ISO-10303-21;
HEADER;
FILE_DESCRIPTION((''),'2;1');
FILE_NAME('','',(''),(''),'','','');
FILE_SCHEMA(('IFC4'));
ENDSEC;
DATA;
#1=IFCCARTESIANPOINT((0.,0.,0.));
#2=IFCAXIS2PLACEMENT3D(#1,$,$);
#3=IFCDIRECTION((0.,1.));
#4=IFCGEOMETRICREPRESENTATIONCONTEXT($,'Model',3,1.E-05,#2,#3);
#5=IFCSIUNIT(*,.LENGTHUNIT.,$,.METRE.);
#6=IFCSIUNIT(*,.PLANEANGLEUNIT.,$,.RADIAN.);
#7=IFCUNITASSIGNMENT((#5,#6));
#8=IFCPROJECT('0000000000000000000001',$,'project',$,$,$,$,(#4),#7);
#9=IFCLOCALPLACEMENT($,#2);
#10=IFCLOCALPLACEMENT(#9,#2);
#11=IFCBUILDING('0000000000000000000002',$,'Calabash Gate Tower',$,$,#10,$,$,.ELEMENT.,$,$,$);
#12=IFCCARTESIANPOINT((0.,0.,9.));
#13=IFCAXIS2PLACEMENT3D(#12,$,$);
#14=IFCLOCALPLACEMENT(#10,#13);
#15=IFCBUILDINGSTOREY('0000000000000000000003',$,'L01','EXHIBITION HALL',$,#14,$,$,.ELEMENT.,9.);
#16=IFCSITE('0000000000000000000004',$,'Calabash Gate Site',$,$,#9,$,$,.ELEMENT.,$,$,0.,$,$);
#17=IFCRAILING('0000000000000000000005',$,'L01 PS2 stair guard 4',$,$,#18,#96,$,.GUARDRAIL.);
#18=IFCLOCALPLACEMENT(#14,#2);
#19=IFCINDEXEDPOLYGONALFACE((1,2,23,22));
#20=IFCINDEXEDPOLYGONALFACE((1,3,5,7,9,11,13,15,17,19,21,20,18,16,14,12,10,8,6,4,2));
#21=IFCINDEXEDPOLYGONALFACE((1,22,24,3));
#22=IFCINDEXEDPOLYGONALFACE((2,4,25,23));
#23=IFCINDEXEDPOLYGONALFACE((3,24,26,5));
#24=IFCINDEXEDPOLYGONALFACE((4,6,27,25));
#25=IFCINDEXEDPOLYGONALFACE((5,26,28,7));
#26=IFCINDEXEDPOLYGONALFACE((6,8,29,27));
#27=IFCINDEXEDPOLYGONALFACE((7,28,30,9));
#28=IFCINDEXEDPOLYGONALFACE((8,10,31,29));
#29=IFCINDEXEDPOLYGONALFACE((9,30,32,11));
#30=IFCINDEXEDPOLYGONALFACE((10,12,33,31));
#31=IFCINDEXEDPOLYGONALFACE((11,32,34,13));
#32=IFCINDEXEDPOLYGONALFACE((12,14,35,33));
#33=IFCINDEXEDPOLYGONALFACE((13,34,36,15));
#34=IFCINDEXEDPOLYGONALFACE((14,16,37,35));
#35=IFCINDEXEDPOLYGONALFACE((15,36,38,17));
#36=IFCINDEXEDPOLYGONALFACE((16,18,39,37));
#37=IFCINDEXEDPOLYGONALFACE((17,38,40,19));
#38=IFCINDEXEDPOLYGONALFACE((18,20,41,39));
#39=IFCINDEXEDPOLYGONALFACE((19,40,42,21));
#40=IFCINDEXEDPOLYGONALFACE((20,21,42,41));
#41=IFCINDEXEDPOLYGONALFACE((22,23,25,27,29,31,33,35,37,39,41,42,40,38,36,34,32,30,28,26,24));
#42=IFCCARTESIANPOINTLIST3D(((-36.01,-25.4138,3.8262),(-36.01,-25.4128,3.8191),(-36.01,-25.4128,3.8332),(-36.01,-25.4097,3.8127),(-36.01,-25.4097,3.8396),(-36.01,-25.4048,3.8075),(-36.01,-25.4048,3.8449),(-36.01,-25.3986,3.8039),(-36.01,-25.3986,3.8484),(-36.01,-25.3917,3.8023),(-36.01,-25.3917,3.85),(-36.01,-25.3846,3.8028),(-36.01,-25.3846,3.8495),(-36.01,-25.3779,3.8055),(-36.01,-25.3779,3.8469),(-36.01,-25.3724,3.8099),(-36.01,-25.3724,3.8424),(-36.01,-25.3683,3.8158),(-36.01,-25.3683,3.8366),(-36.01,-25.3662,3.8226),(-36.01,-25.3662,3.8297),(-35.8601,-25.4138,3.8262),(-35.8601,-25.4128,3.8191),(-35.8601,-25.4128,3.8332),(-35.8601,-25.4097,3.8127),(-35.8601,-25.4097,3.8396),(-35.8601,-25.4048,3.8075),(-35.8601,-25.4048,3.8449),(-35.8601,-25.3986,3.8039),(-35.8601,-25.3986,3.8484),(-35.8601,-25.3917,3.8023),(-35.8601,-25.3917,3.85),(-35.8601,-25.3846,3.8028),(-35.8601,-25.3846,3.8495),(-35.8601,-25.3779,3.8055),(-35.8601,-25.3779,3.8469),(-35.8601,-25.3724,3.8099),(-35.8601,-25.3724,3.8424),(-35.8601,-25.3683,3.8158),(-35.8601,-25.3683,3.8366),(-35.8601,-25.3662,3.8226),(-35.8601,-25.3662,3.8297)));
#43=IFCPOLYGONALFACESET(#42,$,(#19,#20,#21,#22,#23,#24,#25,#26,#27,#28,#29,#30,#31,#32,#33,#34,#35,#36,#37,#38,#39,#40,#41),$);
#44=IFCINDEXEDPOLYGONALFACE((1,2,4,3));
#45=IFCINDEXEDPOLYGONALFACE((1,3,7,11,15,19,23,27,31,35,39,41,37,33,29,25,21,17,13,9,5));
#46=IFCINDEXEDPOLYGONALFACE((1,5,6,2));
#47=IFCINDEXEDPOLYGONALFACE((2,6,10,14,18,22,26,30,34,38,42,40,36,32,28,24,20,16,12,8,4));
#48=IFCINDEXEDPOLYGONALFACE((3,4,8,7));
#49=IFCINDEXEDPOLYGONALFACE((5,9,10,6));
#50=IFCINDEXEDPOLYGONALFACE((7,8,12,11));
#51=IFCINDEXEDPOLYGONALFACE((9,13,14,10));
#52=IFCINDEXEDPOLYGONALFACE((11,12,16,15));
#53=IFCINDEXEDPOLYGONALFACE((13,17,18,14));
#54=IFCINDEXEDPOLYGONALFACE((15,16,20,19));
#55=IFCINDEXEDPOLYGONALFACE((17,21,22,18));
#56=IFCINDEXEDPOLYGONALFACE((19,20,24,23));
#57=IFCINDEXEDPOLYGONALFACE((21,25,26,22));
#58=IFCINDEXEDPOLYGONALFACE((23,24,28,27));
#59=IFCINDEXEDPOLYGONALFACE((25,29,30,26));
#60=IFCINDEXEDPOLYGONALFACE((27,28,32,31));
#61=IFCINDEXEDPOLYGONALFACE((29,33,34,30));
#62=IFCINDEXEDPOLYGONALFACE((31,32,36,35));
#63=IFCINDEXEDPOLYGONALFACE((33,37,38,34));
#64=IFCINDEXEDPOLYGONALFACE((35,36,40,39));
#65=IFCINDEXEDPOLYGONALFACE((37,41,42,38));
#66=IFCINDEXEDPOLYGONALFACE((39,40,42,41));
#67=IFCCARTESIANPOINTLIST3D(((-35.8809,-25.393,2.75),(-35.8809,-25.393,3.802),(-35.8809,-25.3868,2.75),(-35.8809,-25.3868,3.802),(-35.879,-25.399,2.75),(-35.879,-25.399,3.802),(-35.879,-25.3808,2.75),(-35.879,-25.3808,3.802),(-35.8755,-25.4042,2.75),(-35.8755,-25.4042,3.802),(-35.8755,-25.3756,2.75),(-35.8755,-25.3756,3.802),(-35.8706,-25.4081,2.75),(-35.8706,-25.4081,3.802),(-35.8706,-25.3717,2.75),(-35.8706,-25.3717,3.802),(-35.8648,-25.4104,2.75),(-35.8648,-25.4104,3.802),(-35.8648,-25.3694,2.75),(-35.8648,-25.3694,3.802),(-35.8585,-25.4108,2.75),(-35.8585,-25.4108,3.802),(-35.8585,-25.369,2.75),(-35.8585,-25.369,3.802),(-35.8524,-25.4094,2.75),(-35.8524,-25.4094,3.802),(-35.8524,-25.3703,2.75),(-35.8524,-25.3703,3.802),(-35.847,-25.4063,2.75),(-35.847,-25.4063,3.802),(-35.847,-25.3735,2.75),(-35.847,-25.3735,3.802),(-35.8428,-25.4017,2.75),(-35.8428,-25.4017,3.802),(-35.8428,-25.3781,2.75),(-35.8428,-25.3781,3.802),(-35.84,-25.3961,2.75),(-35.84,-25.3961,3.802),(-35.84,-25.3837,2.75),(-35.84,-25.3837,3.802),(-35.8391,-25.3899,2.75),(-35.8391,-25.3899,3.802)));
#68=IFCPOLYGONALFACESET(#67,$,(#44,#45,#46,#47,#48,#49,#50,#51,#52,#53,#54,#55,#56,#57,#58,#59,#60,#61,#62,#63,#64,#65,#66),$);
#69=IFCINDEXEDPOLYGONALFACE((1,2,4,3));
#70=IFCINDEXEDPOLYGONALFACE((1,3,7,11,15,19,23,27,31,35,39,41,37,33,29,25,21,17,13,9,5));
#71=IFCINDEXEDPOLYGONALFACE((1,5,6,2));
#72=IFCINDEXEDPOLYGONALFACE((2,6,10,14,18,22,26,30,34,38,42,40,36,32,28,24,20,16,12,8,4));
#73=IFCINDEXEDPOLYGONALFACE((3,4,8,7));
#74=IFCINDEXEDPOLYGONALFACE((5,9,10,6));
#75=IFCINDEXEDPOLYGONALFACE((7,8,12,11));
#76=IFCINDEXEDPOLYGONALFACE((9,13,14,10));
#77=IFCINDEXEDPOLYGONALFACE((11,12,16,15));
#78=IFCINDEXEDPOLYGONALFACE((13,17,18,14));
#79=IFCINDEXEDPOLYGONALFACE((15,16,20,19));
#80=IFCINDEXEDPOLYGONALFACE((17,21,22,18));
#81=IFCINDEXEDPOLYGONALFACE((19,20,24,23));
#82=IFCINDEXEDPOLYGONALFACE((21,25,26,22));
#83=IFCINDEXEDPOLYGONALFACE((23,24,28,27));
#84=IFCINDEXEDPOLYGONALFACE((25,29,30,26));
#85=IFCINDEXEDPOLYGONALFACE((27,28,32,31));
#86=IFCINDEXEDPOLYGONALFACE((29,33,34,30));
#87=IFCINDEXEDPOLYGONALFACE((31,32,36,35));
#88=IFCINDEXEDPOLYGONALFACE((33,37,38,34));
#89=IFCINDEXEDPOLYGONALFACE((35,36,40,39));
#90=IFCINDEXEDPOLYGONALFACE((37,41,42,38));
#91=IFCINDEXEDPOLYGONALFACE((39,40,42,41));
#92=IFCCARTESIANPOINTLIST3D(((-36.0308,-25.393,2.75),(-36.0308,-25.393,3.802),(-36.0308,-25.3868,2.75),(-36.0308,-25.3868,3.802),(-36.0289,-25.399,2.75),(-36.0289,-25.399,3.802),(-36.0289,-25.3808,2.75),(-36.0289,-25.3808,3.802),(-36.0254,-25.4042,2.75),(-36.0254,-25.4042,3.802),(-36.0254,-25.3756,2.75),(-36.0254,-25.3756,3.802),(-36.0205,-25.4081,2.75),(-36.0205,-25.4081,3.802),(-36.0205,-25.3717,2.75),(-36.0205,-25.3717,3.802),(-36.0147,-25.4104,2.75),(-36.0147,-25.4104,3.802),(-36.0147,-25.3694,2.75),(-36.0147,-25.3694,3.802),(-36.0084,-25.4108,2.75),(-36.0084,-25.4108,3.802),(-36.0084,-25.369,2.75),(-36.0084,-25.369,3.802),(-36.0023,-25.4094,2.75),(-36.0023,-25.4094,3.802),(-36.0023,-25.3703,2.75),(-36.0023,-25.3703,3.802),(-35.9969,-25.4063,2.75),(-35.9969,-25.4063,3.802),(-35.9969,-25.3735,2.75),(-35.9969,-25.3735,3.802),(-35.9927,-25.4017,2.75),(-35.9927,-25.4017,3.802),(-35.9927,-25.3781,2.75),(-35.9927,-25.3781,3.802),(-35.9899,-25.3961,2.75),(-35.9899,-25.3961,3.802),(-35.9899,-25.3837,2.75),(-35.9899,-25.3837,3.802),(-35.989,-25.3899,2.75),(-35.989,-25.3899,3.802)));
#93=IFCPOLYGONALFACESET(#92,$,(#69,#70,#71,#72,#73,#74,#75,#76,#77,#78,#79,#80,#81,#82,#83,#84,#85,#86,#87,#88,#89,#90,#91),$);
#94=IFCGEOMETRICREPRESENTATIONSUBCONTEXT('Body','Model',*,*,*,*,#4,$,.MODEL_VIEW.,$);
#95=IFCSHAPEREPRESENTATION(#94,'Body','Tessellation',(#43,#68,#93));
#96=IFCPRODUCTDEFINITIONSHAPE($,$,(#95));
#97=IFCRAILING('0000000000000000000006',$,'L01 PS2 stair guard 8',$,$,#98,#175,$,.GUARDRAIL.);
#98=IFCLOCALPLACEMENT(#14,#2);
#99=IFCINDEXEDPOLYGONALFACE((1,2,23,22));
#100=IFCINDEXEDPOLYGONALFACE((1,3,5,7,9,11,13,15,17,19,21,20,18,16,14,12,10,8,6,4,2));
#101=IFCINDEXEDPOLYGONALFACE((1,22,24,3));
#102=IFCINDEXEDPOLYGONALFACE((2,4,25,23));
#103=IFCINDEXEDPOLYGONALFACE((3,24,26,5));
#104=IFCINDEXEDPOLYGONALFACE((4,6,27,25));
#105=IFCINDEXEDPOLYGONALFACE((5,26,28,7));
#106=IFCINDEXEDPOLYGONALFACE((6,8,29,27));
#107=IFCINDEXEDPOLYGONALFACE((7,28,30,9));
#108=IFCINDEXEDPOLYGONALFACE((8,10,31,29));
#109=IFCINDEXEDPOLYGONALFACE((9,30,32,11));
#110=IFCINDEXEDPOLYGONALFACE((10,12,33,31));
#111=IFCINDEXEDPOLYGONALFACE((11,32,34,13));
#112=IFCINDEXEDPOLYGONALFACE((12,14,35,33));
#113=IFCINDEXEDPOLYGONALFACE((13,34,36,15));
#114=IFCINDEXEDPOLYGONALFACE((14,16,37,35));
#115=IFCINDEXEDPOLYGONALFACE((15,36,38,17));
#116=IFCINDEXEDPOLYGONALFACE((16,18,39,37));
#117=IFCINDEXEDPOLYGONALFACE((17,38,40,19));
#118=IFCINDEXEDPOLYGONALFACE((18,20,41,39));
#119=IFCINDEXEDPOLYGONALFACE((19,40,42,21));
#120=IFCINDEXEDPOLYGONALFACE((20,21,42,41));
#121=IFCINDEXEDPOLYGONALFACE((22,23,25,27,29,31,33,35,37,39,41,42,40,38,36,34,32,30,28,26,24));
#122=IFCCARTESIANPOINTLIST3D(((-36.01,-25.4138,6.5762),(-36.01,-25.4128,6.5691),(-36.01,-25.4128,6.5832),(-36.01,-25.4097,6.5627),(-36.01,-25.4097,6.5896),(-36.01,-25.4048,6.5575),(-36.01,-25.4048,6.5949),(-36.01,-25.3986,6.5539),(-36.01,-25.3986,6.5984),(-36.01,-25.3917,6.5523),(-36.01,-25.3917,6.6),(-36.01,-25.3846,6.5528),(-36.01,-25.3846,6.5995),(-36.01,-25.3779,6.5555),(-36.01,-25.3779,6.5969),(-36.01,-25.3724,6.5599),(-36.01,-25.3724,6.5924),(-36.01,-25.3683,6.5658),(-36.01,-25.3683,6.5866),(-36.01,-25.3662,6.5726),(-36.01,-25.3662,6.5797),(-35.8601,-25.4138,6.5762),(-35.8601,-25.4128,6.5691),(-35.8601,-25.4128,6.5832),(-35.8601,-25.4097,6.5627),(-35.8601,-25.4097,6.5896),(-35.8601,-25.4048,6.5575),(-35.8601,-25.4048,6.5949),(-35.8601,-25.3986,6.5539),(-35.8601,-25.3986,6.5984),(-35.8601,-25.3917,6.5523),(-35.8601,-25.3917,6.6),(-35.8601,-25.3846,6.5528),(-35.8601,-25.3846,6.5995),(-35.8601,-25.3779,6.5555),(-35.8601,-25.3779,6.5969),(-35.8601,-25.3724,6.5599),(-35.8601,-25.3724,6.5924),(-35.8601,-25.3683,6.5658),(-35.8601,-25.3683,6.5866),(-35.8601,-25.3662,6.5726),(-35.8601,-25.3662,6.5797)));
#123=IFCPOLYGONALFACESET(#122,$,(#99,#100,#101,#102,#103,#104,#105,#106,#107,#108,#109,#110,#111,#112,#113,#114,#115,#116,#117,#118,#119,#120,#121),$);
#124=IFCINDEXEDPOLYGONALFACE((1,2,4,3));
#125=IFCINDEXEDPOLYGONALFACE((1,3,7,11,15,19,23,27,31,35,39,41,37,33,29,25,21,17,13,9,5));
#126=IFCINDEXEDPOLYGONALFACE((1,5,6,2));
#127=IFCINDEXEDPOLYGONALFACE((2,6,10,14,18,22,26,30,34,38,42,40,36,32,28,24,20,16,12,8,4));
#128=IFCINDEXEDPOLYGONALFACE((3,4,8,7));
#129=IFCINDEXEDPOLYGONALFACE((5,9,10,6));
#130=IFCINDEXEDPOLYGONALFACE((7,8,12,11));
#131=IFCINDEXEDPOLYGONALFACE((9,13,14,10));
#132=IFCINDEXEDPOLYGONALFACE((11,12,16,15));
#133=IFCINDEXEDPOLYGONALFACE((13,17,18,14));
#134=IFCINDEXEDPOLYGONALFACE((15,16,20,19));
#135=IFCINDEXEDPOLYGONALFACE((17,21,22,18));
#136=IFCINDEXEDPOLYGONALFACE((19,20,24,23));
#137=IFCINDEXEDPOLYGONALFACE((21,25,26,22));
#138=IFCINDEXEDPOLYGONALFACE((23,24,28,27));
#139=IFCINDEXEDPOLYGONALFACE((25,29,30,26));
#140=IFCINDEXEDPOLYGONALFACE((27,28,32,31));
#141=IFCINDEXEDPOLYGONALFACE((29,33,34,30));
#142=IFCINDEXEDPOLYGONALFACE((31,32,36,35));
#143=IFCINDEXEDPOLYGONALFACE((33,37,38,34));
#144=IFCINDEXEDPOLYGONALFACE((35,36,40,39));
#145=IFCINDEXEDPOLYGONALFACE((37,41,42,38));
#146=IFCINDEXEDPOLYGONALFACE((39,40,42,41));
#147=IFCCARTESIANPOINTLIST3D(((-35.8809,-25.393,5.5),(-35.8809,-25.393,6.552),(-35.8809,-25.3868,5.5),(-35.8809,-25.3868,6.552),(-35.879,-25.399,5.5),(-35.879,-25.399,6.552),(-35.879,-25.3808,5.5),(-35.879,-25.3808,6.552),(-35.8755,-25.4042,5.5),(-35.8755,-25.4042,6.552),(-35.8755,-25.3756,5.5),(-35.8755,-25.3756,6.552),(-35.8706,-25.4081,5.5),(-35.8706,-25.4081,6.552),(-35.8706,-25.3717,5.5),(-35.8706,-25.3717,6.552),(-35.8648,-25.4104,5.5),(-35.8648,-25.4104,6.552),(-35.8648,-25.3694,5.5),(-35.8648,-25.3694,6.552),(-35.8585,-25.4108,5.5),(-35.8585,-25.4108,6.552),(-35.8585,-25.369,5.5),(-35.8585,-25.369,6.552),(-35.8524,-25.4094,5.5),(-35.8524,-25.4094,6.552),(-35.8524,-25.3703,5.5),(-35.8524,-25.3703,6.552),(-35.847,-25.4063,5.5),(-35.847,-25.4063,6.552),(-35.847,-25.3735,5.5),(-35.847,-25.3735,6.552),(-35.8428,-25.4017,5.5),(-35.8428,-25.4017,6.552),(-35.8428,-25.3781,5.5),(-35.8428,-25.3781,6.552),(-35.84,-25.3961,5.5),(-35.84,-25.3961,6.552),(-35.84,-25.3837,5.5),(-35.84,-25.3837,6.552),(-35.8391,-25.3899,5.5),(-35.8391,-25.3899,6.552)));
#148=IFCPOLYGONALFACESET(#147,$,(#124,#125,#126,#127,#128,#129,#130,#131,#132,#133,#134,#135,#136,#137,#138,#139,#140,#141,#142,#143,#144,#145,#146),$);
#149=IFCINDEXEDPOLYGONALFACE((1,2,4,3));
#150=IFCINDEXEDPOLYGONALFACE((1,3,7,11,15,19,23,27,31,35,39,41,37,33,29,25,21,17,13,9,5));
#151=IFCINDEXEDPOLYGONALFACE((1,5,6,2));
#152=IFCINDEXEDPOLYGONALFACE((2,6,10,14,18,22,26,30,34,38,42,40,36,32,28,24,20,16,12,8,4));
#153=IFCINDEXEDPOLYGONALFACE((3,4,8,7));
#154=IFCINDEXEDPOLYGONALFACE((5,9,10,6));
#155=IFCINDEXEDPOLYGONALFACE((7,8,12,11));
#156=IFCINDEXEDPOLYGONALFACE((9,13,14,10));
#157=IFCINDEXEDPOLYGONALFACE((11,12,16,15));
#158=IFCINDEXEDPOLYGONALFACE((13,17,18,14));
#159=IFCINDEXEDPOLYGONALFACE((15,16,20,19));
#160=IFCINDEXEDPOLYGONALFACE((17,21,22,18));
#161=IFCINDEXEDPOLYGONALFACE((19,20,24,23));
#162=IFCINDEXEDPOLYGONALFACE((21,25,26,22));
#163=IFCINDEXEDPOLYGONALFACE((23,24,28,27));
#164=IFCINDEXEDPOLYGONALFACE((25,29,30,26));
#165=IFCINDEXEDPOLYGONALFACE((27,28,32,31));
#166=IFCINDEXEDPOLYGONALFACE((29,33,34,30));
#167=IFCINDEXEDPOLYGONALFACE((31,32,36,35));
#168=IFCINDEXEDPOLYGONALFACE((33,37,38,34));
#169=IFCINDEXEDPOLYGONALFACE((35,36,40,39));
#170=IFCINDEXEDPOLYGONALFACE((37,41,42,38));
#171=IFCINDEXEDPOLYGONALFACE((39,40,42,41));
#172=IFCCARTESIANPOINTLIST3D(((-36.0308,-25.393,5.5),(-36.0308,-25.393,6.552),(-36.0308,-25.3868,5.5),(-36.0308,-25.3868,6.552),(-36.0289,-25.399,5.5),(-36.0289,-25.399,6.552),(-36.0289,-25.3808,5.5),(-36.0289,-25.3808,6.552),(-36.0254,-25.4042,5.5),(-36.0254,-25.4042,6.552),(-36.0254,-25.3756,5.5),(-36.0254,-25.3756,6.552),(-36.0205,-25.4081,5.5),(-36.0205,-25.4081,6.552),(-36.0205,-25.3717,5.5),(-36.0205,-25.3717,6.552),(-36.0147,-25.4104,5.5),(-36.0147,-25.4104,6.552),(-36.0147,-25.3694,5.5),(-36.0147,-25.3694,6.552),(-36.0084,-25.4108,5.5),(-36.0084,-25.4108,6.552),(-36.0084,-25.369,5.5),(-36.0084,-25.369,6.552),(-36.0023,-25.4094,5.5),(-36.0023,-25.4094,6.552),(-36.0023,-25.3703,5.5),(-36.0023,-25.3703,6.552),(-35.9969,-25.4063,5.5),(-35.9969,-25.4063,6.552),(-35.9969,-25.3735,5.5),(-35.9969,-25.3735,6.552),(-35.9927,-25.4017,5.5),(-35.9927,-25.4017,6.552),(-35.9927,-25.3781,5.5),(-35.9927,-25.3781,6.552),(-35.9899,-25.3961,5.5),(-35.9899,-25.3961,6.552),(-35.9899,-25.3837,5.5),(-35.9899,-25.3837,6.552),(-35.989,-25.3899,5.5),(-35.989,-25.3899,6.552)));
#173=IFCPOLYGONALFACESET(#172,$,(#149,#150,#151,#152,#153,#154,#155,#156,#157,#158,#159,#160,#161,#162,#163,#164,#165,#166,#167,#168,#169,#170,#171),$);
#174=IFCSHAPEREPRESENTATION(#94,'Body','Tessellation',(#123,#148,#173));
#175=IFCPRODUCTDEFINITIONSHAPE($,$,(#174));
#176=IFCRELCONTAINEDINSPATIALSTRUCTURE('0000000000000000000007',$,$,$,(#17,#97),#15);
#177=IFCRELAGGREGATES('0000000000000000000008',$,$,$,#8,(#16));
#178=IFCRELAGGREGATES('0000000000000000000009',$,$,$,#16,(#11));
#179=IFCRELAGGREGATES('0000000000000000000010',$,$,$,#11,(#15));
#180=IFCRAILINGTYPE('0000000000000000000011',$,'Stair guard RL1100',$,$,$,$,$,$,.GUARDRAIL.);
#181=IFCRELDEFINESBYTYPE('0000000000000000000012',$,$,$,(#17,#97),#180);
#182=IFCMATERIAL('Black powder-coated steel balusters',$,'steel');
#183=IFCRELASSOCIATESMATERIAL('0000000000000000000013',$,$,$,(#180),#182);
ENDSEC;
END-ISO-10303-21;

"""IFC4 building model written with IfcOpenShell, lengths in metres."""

from ifc_helpers import new_model, si_unit, direction, frame, origin, origin_2d, place, context, subcontext, project, spatial, circle, extrude, material, type_object, element, save


model = new_model("IFC4")

# Units and contexts
model_context = context("Model", 3, precision=1e-05, world=origin(), true_north=direction((0.0, 1.0)))
body_context = subcontext(model_context, "Body", "Model", "MODEL_VIEW")
ifc_project = project(units=[si_unit("LENGTHUNIT", "METRE"), si_unit("PLANEANGLEUNIT", "RADIAN")], contexts=[model_context])

# Site, building, storey
site_placement = place(None, origin())
site = spatial("IfcSite", under=ifc_project, at=site_placement, Name="Calabash Gate Site", CompositionType="ELEMENT", RefElevation=0.0)
building_placement = place(site_placement, origin())
building = spatial("IfcBuilding", under=site, at=building_placement, Name="Calabash Gate Tower", CompositionType="ELEMENT")
storey_placement = place(building_placement, frame((0.0, 0.0, 9.0)))
storey = spatial("IfcBuildingStorey", under=building, at=storey_placement, Name="L01", Description="EXHIBITION HALL", CompositionType="ELEMENT", Elevation=9.0)

# Railings
ifc_material_1 = material(Name="Black powder-coated steel balusters", Category="steel")
railing_type_1 = type_object("IfcRailingType", Name="Stair guard RL1100", PredefinedType="GUARDRAIL", material=ifc_material_1)
for number, where, name in (
    (1, (-35.8601, -25.3899, 2.75), "L01 PS2 stair guard 4"),
    (2, (-35.8601, -25.3899, 5.5), "L01 PS2 stair guard 8"),
):
    element("IfcRailing", number, at=place(storey_placement, frame(where)), inside=storey, type_object=railing_type_1, Name=name, PredefinedType="GUARDRAIL", context=body_context, shape_type="SweptSolid", body=[
        extrude(circle(Radius=0.0239, at=origin_2d()), frame((0.0, 0.0, 1.0762), z_axis=(-1.0, 0.0, 0.0), x_axis=(0.0, -1.0, 0.0)), (0.0, 0.0, 1.0), 0.1499),
        extrude(circle(Radius=0.021, at=origin_2d()), origin(), (0.0, 0.0, 1.0), 1.052),
        extrude(circle(Radius=0.021, at=origin_2d()), frame((-0.1499, 0.0, 0.0)), (0.0, 0.0, 1.0), 1.052),
    ])

save(model, "model.ifc")
